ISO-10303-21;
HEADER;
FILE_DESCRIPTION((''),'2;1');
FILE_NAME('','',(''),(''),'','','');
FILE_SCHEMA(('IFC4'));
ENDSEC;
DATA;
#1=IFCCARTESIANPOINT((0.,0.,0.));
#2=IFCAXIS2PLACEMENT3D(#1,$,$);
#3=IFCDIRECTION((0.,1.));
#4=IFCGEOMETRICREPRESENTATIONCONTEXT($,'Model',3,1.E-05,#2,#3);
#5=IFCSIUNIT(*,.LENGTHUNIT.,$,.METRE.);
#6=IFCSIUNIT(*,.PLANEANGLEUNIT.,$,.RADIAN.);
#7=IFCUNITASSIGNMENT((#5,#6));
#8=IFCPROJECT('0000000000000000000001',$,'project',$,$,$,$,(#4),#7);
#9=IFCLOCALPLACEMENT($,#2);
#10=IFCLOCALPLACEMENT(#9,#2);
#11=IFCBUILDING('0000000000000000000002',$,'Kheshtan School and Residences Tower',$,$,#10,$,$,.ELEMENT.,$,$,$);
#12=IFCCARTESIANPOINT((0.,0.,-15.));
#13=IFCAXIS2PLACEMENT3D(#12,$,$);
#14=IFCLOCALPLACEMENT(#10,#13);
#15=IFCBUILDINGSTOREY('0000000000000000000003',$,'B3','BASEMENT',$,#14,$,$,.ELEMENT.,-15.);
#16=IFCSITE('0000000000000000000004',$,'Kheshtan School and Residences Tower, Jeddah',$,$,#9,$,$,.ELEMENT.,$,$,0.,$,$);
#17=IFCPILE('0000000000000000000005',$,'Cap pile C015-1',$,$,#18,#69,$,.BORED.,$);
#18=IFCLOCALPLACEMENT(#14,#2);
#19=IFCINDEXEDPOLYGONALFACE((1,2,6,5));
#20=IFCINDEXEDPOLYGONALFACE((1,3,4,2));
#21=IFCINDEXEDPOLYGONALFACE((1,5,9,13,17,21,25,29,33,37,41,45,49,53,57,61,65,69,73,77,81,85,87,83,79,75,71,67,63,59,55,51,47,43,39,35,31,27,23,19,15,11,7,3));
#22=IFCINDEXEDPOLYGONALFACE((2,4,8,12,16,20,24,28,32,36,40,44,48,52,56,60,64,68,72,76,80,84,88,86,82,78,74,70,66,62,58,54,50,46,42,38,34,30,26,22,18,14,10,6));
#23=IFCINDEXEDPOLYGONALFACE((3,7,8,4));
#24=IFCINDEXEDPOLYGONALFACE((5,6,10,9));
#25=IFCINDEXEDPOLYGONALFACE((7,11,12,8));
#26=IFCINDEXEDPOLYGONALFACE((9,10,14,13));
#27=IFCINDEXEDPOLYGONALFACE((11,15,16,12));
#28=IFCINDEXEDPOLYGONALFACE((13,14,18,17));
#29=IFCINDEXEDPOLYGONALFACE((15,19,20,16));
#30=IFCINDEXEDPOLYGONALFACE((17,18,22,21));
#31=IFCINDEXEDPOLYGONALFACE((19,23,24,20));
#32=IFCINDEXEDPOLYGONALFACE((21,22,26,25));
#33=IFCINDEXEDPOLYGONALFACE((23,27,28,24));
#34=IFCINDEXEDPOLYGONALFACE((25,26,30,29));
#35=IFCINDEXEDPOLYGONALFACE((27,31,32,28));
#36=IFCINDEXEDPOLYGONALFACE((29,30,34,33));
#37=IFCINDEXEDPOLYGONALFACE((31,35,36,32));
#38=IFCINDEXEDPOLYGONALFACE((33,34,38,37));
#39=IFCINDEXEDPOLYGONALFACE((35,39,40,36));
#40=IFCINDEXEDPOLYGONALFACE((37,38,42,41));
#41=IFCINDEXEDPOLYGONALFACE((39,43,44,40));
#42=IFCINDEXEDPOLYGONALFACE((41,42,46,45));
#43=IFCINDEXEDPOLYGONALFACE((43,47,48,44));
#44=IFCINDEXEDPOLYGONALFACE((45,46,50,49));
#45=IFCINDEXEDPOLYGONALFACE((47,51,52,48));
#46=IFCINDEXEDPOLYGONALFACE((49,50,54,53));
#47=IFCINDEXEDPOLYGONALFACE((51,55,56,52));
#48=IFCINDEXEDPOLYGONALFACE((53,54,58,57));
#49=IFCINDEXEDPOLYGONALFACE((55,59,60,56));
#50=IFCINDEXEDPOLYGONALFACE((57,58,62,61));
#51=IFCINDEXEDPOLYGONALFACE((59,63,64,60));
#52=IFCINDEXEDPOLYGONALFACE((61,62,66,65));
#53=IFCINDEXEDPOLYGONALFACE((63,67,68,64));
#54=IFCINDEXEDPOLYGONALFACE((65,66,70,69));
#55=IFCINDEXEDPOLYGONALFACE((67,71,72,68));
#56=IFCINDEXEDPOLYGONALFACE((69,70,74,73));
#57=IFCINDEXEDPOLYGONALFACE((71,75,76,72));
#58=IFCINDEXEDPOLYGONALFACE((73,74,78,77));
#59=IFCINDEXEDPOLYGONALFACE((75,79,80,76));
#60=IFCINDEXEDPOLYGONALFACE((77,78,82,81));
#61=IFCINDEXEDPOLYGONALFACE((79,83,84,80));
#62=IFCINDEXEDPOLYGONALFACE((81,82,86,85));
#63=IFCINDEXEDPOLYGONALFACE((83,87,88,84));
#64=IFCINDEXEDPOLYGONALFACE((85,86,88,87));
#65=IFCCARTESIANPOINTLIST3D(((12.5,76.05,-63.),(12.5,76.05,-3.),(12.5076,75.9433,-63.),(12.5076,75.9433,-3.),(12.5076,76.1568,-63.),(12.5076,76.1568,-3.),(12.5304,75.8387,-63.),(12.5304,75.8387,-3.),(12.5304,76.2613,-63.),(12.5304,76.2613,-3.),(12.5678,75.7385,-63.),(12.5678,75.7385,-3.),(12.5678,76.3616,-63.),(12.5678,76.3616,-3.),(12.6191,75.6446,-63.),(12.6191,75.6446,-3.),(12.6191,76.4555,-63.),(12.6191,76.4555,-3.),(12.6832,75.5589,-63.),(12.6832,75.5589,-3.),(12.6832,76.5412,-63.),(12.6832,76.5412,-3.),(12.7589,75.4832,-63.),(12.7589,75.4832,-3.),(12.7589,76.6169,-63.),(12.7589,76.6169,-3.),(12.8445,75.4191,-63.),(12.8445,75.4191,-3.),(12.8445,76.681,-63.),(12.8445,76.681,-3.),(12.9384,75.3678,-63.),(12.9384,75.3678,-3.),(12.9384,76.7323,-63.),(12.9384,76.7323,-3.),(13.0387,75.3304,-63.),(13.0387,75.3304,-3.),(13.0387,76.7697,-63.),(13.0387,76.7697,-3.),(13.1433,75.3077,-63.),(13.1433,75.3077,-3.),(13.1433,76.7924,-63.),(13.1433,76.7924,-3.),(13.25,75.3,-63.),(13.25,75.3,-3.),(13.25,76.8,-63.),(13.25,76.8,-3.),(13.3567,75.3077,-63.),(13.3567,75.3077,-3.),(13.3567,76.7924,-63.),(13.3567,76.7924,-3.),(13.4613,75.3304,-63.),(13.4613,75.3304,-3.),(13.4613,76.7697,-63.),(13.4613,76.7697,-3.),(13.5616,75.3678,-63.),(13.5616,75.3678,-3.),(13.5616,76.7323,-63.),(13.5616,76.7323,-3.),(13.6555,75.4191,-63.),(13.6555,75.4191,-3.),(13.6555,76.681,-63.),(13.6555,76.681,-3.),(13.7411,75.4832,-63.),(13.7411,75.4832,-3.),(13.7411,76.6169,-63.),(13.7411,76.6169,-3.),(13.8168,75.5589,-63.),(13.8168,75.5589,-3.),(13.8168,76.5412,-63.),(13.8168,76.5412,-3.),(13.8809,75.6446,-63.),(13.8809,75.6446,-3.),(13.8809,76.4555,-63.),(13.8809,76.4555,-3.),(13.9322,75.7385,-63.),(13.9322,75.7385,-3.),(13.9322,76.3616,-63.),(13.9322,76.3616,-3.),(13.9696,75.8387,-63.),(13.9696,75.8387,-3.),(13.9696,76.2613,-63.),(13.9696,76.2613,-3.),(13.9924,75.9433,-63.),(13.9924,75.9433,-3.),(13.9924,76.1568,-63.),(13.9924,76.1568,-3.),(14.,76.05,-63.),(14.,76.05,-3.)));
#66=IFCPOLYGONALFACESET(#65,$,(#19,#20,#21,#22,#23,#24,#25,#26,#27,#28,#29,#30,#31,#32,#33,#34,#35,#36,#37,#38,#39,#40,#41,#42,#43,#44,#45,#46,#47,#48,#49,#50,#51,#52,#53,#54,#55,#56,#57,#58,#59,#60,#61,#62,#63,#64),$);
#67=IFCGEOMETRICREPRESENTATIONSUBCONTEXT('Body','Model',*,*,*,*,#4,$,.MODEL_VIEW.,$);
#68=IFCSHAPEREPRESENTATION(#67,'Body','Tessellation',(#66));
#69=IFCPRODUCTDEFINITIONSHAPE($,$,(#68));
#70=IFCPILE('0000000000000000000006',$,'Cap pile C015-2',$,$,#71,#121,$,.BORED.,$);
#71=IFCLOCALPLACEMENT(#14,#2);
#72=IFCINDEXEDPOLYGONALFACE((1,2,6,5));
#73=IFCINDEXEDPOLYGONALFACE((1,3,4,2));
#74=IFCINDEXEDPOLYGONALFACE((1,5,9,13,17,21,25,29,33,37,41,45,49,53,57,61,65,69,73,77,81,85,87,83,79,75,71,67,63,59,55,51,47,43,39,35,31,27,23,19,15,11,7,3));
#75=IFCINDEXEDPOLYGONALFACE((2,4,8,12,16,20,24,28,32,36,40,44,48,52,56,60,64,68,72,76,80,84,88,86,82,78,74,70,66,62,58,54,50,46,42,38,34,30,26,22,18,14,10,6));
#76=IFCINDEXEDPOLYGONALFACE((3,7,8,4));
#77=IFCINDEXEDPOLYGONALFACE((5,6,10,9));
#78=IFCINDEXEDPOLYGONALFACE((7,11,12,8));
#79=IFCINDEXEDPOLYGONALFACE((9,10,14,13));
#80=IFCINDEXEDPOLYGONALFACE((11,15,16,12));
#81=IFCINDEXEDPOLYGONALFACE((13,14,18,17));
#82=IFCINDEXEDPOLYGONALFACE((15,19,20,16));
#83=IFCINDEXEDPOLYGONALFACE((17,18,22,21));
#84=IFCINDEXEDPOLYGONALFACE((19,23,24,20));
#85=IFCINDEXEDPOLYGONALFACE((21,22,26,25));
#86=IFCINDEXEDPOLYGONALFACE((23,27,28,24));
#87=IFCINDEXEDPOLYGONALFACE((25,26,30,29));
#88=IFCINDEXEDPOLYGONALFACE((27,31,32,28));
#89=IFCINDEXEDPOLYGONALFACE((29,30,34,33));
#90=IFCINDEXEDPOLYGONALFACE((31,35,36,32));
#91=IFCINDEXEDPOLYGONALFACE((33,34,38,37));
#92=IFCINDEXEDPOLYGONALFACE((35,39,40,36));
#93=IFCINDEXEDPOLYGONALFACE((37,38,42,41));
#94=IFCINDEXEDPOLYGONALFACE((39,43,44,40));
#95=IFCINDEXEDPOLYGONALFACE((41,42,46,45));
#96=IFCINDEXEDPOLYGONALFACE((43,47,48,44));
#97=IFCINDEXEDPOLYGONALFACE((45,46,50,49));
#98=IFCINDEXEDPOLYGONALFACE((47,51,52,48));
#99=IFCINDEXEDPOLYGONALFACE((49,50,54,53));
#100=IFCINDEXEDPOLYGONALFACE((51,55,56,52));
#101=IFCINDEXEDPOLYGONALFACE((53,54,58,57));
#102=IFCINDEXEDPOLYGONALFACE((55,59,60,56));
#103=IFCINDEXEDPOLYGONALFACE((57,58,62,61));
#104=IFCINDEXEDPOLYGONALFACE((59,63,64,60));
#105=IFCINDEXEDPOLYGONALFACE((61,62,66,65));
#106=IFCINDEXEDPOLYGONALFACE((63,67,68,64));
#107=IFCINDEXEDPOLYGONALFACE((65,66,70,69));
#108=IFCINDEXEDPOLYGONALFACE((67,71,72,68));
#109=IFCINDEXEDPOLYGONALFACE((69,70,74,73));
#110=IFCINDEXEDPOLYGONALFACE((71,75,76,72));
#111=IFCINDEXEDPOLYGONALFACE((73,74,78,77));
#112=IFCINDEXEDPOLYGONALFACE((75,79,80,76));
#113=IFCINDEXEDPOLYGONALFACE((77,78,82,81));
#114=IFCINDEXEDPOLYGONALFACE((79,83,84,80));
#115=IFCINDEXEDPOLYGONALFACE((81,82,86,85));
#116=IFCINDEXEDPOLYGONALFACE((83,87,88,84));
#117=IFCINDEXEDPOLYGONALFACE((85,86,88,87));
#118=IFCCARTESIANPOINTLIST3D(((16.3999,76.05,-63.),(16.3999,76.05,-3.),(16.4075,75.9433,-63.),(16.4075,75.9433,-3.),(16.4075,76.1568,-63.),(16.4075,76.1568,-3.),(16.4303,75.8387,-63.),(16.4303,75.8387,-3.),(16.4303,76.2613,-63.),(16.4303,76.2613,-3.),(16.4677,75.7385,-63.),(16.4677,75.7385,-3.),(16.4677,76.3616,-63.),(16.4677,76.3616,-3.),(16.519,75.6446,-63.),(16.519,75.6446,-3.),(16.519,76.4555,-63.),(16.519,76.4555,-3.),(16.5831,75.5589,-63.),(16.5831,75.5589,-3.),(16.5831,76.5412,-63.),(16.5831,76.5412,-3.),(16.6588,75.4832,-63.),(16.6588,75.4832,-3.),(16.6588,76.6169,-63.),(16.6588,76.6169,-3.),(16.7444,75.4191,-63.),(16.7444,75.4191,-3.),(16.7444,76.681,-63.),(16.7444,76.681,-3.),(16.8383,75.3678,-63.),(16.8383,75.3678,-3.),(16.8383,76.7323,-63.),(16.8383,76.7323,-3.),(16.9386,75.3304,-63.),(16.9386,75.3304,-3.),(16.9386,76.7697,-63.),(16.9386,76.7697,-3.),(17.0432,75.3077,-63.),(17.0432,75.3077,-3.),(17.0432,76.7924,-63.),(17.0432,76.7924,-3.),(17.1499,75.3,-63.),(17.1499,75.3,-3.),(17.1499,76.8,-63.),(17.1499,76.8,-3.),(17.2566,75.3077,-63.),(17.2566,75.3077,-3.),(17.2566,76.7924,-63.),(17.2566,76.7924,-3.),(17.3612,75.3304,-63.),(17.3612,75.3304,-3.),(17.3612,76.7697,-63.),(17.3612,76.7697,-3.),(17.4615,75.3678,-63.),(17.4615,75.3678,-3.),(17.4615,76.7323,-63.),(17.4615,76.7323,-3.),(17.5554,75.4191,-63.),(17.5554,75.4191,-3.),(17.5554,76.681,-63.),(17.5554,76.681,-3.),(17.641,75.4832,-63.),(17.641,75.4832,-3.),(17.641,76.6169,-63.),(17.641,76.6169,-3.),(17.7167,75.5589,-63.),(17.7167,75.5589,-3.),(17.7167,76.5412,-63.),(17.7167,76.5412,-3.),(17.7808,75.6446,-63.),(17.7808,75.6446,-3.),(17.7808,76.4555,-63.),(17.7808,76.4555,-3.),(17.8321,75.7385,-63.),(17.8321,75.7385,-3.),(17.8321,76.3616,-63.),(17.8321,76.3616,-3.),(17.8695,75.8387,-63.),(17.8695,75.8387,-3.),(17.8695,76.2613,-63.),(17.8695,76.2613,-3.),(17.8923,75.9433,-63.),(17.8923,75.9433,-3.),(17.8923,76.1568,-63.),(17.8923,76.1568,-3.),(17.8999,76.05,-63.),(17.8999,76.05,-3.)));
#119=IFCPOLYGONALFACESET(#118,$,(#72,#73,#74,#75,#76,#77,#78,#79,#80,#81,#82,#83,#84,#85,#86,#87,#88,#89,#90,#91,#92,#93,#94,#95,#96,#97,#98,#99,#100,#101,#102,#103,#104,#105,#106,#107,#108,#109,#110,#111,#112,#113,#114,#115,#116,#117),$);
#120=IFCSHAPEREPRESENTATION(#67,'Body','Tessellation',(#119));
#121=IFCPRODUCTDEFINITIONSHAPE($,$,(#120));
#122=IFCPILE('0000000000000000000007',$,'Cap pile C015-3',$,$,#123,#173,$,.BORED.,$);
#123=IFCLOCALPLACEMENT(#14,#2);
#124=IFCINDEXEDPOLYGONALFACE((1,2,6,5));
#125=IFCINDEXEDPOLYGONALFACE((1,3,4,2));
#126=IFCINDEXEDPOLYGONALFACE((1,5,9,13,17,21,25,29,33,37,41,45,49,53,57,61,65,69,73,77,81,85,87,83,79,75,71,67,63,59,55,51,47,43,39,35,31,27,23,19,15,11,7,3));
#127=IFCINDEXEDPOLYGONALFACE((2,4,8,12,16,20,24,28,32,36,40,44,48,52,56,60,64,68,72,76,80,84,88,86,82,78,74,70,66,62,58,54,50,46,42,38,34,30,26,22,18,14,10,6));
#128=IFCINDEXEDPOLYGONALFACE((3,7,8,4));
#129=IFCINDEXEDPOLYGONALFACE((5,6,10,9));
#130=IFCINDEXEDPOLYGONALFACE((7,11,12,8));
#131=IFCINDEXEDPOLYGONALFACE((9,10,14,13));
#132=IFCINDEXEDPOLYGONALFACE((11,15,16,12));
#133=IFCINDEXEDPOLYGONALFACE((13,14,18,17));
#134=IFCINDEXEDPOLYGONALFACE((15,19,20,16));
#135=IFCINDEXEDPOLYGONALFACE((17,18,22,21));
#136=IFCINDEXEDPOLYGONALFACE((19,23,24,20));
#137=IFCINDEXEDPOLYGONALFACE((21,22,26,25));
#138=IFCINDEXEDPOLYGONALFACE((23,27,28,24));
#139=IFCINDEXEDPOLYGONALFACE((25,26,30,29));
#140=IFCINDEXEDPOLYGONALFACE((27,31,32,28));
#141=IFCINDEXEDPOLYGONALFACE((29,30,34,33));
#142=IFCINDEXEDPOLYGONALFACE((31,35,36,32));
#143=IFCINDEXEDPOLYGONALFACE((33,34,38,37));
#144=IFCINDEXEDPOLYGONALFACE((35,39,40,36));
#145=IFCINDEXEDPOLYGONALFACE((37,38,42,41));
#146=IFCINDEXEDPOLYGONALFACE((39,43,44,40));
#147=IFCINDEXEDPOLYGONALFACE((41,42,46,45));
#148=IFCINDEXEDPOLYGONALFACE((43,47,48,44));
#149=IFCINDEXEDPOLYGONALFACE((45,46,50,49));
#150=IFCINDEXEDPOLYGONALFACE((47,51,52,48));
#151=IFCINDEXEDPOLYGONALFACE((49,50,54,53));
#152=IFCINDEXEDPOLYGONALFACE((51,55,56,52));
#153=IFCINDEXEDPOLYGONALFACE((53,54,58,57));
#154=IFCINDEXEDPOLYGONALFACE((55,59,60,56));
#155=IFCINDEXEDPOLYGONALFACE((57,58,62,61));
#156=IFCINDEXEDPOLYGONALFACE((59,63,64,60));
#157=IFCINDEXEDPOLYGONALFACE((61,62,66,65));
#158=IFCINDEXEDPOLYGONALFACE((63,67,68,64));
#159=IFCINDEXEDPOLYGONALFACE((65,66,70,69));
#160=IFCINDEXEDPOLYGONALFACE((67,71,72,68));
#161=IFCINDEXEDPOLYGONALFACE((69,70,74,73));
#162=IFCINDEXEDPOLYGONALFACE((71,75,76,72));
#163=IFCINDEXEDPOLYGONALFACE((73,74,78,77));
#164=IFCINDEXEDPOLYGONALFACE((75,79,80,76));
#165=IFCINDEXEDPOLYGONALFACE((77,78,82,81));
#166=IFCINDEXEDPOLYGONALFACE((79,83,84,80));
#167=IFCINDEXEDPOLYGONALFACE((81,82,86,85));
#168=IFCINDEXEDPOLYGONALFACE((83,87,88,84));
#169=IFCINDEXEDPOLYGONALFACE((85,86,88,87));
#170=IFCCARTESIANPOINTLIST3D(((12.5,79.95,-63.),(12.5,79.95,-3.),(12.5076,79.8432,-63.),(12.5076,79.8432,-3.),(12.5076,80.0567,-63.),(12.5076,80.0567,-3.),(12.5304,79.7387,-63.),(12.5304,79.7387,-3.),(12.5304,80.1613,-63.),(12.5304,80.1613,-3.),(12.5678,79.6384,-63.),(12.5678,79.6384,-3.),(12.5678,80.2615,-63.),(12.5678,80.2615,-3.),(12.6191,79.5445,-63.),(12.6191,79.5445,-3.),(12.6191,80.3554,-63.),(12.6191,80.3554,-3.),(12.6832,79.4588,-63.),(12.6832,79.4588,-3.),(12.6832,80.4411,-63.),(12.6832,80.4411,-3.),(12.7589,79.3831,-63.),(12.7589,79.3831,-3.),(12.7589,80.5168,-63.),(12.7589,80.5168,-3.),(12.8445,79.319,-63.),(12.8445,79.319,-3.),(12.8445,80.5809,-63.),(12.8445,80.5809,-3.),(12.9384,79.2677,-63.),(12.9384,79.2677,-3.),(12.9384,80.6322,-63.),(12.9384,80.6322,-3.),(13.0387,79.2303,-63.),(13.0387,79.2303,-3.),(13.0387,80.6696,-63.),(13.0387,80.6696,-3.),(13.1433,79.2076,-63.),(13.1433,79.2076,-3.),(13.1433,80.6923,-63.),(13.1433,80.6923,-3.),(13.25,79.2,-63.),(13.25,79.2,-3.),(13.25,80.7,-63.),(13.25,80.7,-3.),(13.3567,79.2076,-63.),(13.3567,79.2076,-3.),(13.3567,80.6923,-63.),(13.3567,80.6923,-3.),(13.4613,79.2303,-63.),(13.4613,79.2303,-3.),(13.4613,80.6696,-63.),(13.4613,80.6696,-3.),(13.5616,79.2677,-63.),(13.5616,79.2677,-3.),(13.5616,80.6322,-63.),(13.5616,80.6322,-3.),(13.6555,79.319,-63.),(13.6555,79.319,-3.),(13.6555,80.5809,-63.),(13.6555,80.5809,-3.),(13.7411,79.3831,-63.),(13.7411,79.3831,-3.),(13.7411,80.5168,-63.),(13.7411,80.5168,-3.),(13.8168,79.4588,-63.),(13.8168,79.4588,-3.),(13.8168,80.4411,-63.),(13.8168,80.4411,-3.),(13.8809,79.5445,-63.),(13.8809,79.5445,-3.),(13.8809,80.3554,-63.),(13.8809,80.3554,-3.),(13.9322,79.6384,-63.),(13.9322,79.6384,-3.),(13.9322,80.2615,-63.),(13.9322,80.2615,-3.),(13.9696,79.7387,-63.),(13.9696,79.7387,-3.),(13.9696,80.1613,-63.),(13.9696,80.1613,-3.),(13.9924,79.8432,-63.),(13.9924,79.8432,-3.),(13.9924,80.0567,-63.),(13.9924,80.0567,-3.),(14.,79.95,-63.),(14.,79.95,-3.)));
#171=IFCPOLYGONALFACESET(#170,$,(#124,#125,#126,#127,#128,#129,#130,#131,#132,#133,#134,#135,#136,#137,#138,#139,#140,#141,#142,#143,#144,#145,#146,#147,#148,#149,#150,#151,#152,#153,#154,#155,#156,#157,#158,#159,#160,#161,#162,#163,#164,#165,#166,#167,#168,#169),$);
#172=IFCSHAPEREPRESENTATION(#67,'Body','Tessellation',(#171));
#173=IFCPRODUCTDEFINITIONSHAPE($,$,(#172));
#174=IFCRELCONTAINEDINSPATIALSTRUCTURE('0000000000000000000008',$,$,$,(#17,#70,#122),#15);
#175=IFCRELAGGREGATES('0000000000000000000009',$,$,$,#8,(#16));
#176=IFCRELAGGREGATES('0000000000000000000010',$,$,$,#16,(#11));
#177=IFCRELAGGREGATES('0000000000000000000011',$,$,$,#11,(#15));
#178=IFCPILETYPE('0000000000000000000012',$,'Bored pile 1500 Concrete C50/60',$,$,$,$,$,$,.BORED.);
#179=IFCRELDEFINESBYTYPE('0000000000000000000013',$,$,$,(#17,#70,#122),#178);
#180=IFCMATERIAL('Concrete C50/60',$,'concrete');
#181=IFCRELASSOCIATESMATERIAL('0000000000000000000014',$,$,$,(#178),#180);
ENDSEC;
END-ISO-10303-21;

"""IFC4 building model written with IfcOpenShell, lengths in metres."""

from ifc_helpers import new_model, si_unit, direction, frame, origin, origin_2d, place, context, subcontext, project, spatial, circle, extrude, material, material_profile, profile_set, type_object, element, save


model = new_model("IFC4")

# Units and contexts
model_context = context("Model", 3, precision=1e-05, world=origin(), true_north=direction((0.0, 1.0)))
body_context = subcontext(model_context, "Body", "Model", "MODEL_VIEW")
ifc_project = project(units=[si_unit("LENGTHUNIT", "METRE"), si_unit("PLANEANGLEUNIT", "RADIAN")], contexts=[model_context])

# Site, building, storey
site_placement = place(None, origin())
site = spatial("IfcSite", under=ifc_project, at=site_placement, Name="Kheshtan School and Residences Tower, Jeddah", CompositionType="ELEMENT", RefElevation=0.0)
building_placement = place(site_placement, origin())
building = spatial("IfcBuilding", under=site, at=building_placement, Name="Kheshtan School and Residences Tower", CompositionType="ELEMENT")
storey_placement = place(building_placement, frame((0.0, 0.0, -15.0)))
storey = spatial("IfcBuildingStorey", under=building, at=storey_placement, Name="B3", Description="BASEMENT", CompositionType="ELEMENT", Elevation=-15.0)

# Piles
ifc_material_1 = material(Name="Concrete C50/60", Category="concrete")
ifc_material_profile_1 = material_profile(ifc_material_1, circle(Radius=0.75, at=origin_2d()), Name="BP 1500")
ifc_profile_set_1 = profile_set([ifc_material_profile_1], Name="Concrete C50/60")
pile_type_1 = type_object("IfcPileType", Name="Bored pile 1500 Concrete C50/60", PredefinedType="BORED", material=ifc_profile_set_1)
for number, where, z_axis, x_axis, name in (
    (1, (13.25, 76.05, -3.0), (0.0, 0.0, -1.0), (1.0, 0.0, 0.0), "Cap pile C015-1"),
    (2, (17.1499, 76.05, -3.0), (0.0, 0.0, -1.0), (1.0, 0.0, 0.0), "Cap pile C015-2"),
    (3, (13.25, 79.95, -3.0), (0.0, 0.0, -1.0), (1.0, 0.0, 0.0), "Cap pile C015-3"),
):
    element("IfcPile", number, at=place(storey_placement, frame(where, z_axis=z_axis, x_axis=x_axis)), inside=storey, type_object=pile_type_1, Name=name, PredefinedType="BORED", context=body_context, shape_type="SweptSolid", body=[
        extrude(circle(Radius=0.75, at=origin_2d()), origin(), (0.0, 0.0, 1.0), 60.0),
    ])

save(model, "model.ifc")
